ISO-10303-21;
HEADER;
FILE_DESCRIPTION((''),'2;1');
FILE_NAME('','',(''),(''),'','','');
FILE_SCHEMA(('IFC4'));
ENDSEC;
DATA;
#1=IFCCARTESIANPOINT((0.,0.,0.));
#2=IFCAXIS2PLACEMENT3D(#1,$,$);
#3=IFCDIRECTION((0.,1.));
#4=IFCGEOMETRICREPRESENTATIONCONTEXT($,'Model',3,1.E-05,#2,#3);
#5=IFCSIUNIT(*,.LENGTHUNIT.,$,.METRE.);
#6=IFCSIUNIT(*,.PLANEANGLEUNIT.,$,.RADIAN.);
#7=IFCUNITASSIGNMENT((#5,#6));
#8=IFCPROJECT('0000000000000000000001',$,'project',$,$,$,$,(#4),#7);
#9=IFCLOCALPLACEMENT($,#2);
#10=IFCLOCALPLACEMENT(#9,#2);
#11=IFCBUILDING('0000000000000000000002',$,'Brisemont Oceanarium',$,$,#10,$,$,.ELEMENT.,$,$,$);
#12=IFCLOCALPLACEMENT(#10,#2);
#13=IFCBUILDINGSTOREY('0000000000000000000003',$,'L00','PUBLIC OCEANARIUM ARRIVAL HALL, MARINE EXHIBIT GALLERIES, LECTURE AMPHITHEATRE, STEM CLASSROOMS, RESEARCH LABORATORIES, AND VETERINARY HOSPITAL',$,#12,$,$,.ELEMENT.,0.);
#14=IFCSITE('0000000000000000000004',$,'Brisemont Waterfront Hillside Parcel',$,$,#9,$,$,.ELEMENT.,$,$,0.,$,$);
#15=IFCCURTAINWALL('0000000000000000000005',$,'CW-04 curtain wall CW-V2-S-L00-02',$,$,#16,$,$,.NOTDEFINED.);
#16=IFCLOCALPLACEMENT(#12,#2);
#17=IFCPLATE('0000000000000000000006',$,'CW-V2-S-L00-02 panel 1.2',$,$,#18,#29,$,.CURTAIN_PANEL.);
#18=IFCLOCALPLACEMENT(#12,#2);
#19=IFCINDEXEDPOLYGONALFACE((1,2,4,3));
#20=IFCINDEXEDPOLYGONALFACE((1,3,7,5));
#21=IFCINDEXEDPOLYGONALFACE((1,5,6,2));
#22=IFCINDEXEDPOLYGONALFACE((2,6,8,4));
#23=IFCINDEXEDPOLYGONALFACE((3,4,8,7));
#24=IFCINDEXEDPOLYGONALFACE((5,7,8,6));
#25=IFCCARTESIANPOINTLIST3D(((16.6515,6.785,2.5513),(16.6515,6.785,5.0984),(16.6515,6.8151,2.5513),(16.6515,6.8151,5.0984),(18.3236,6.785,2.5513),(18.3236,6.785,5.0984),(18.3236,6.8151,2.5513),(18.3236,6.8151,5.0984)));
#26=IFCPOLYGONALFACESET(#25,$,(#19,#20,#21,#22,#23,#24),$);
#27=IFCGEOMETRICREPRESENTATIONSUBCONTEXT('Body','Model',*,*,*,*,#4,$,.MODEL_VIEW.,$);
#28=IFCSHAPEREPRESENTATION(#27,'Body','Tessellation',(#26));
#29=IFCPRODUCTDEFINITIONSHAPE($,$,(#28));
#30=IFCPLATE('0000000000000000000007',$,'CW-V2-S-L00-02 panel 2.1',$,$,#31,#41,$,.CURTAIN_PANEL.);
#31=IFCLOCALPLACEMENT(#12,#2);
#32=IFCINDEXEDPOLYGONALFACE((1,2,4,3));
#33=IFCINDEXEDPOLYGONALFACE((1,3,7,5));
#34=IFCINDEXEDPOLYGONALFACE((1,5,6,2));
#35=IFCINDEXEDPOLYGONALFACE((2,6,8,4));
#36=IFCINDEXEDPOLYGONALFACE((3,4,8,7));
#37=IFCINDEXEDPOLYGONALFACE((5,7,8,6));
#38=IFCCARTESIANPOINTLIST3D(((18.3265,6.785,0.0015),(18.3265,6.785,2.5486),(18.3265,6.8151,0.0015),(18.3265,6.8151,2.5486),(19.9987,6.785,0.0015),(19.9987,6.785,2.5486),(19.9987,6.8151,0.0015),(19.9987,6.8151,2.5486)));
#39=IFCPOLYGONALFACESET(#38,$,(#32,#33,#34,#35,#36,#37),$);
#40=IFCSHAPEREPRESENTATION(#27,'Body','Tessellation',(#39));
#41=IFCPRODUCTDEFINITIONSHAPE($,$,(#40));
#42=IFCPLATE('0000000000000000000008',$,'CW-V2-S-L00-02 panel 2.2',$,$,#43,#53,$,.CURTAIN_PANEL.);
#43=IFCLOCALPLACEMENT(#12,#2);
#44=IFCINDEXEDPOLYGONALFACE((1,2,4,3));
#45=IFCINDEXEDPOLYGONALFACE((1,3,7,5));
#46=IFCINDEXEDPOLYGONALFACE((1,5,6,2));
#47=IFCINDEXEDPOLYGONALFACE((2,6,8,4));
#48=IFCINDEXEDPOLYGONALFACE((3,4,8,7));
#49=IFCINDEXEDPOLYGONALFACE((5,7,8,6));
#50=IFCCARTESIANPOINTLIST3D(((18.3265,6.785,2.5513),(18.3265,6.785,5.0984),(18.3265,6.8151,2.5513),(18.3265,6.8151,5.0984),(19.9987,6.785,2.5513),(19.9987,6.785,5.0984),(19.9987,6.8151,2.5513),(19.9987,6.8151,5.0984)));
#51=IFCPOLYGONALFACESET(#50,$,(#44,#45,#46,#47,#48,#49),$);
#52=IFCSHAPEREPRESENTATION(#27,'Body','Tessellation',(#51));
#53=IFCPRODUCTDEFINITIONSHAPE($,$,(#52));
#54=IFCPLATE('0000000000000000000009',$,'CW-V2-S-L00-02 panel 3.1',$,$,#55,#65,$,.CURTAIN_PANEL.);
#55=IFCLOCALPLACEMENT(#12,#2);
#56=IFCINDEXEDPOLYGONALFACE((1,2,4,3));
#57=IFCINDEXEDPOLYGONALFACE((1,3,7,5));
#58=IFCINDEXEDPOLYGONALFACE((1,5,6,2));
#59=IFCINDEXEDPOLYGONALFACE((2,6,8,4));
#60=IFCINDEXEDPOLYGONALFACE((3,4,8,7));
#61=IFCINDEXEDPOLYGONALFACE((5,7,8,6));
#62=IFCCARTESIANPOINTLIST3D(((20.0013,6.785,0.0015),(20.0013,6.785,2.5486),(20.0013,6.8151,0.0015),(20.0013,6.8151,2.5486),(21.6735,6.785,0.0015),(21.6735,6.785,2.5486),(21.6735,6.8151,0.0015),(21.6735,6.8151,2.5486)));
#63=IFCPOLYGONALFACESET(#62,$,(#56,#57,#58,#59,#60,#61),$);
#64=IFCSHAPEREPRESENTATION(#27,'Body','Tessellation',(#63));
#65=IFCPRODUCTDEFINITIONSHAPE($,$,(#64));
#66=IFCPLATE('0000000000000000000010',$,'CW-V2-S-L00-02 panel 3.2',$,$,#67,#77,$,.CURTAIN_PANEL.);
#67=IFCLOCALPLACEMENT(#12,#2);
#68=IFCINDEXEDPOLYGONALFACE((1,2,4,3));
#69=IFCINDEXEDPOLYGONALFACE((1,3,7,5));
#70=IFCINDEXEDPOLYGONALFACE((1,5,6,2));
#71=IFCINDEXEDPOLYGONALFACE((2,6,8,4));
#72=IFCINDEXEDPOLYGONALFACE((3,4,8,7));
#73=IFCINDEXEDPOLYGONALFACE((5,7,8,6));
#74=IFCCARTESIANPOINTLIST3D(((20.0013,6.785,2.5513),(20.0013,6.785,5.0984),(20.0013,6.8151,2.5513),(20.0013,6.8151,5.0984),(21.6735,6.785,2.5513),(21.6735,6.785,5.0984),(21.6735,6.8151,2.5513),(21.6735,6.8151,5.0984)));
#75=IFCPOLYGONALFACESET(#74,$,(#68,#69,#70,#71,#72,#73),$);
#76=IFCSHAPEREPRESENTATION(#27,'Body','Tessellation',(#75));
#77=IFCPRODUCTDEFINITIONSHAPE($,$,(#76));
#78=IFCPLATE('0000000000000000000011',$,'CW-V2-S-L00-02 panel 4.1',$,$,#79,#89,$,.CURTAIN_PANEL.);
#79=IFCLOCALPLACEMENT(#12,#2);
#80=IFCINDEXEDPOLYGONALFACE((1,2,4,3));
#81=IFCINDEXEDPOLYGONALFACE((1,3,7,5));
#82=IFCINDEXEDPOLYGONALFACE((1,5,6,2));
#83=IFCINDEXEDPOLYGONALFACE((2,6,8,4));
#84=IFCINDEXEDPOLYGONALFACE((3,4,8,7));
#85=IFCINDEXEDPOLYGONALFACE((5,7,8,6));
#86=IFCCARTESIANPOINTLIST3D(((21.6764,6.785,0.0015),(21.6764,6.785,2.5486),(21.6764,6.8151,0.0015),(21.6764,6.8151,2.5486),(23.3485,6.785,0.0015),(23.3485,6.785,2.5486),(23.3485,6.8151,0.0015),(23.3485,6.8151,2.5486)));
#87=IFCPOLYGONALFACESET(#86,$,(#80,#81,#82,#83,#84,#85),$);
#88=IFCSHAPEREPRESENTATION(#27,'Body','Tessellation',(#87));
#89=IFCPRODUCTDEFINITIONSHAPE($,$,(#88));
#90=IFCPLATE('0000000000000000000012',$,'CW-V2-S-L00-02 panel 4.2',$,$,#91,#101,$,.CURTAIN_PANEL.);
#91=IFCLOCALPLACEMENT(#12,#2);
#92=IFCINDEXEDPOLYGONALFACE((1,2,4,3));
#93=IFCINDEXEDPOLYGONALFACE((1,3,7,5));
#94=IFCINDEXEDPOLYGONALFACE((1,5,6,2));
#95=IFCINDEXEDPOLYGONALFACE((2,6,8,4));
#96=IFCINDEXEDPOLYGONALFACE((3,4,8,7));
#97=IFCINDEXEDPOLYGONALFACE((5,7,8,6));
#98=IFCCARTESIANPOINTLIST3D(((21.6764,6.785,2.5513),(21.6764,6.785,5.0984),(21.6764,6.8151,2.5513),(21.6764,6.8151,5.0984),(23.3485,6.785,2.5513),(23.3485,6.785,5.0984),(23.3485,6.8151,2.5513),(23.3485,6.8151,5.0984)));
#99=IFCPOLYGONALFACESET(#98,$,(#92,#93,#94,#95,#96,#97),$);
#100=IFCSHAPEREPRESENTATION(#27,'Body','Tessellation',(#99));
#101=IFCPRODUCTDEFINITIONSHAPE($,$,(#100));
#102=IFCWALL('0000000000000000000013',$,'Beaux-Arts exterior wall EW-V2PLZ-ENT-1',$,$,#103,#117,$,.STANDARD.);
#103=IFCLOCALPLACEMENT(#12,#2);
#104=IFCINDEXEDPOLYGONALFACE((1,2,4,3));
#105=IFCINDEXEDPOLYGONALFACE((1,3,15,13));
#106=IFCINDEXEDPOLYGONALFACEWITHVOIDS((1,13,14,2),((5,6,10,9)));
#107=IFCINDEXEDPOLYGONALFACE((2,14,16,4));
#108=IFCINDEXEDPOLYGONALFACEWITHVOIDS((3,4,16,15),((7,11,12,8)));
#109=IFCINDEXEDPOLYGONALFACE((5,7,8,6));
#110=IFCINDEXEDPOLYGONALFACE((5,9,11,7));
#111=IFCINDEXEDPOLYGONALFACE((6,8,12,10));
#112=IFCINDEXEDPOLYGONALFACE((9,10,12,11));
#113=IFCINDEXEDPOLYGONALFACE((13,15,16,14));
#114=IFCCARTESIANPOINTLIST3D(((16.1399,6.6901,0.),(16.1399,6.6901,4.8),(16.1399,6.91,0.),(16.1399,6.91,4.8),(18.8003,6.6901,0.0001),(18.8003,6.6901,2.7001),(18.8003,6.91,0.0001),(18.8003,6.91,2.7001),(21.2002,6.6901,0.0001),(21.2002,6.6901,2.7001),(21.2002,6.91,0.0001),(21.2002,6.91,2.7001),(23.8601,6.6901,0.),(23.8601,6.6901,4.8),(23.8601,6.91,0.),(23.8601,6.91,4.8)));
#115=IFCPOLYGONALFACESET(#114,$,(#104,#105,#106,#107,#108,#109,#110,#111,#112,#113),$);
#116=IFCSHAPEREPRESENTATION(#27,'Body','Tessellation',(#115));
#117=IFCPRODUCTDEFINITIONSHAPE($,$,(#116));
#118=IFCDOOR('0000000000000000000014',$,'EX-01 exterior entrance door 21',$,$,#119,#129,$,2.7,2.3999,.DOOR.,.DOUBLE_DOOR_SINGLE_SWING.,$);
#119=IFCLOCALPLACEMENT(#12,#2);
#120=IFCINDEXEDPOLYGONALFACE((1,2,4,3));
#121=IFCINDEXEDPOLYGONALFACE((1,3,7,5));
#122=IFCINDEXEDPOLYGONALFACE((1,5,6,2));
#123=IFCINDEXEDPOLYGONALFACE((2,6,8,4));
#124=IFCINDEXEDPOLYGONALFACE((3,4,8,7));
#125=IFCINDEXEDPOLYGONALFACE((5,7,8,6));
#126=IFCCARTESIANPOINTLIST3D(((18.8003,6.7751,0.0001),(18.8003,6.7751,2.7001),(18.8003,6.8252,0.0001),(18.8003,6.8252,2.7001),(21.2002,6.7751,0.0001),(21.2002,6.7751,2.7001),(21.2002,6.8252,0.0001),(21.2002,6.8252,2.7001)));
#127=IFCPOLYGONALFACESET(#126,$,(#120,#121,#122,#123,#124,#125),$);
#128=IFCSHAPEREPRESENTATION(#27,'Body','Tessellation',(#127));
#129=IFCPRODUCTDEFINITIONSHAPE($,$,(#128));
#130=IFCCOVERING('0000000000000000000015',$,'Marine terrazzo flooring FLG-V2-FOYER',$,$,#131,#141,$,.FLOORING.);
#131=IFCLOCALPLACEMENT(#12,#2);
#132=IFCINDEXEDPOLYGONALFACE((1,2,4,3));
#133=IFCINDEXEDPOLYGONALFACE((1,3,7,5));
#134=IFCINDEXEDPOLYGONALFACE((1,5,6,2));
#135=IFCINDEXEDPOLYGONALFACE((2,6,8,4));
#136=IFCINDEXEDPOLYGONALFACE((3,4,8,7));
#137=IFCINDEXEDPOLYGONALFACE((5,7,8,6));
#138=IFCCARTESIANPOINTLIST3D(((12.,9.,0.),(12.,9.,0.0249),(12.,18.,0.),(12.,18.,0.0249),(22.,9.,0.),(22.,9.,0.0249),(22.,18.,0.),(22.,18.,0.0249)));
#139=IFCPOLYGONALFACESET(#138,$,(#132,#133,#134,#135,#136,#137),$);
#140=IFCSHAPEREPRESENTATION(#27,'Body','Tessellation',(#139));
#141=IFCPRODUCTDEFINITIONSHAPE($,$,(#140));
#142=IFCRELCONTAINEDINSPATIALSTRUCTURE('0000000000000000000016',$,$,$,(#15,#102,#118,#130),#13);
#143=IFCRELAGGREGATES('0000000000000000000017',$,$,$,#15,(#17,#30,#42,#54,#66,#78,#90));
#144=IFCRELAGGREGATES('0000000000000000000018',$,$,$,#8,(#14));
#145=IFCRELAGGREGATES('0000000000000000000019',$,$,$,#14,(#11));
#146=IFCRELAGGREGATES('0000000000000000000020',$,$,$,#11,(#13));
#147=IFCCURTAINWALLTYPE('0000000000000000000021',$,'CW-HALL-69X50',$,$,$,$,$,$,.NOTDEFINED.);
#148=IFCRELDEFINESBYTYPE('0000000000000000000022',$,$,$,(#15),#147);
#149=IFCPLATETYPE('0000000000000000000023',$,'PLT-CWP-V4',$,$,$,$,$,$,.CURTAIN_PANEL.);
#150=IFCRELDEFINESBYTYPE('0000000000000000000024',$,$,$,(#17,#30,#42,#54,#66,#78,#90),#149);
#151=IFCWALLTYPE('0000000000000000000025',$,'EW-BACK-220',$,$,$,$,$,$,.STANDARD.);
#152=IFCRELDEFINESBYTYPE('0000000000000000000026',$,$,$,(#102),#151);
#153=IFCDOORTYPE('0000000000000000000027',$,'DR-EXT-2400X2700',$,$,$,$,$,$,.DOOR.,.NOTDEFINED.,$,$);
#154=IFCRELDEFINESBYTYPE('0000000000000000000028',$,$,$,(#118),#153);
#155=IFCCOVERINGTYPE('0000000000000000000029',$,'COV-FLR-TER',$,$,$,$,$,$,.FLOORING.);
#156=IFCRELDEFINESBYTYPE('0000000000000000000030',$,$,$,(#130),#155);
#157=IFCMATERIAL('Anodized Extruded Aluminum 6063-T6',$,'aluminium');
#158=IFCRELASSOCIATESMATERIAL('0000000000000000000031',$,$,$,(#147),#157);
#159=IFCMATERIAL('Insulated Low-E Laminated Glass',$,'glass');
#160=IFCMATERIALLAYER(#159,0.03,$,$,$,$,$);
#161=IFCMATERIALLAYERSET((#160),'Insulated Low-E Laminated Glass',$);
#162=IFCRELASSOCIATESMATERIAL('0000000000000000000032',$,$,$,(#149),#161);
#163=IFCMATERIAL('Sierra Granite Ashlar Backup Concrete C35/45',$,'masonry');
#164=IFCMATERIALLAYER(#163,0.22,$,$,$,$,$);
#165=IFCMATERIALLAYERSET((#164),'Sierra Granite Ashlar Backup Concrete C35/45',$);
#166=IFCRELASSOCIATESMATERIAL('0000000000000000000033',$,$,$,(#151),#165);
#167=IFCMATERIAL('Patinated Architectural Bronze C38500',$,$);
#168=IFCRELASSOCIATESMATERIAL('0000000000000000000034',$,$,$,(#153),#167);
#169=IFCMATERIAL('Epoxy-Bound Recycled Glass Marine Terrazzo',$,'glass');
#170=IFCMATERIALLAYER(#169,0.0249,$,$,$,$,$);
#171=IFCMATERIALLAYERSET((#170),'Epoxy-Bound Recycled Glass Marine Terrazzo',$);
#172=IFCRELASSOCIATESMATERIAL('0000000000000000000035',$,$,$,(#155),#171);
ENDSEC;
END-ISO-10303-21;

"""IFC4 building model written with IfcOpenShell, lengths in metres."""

from ifc_helpers import new_model, si_unit, direction, frame, frame_2d, origin, origin_2d, place, context, subcontext, project, spatial, rectangle, extrude, material, layer, layer_set, type_object, element, fill, aggregate, save


model = new_model("IFC4")

# Units and contexts
model_context = context("Model", 3, precision=1e-05, world=origin(), true_north=direction((0.0, 1.0)))
body_context = subcontext(model_context, "Body", "Model", "MODEL_VIEW")
ifc_project = project(units=[si_unit("LENGTHUNIT", "METRE"), si_unit("PLANEANGLEUNIT", "RADIAN")], contexts=[model_context])

# Site, building, storey
site_placement = place(None, origin())
site = spatial("IfcSite", under=ifc_project, at=site_placement, Name="Brisemont Waterfront Hillside Parcel", CompositionType="ELEMENT", RefElevation=0.0)
building_placement = place(site_placement, origin())
building = spatial("IfcBuilding", under=site, at=building_placement, Name="Brisemont Oceanarium", CompositionType="ELEMENT")
storey_placement = place(building_placement, origin())
storey = spatial("IfcBuildingStorey", under=building, at=storey_placement, Name="L00", Description="PUBLIC OCEANARIUM ARRIVAL HALL, MARINE EXHIBIT GALLERIES, LECTURE AMPHITHEATRE, STEM CLASSROOMS, RESEARCH LABORATORIES, AND VETERINARY HOSPITAL", CompositionType="ELEMENT", Elevation=0.0)

# Shared definitions
ifc_material_1 = material(Name="Anodized Extruded Aluminum 6063-T6", Category="aluminium")
curtain_wall_type = type_object("IfcCurtainWallType", Name="CW-HALL-69X50", PredefinedType="NOTDEFINED", material=ifc_material_1)

# Curtain wall, plates
curtain_wall_1_placement = place(storey_placement, origin())
curtain_wall_1 = element("IfcCurtainWall", 1, at=curtain_wall_1_placement, inside=storey, type_object=curtain_wall_type, Name="CW-04 curtain wall CW-V2-S-L00-02", PredefinedType="NOTDEFINED")
ifc_material_2 = material(Name="Insulated Low-E Laminated Glass", Category="glass")
ifc_layer_1 = layer(ifc_material_2, 0.03)
ifc_layer_set_1 = layer_set([ifc_layer_1], Name="Insulated Low-E Laminated Glass")
plate_type = type_object("IfcPlateType", Name="PLT-CWP-V4", PredefinedType="CURTAIN_PANEL", material=ifc_layer_set_1)
plate_1_placement = place(storey_placement, frame((17.4875, 6.8, 2.5513), z_axis=(0.0, 0.0, 1.0), x_axis=(1.0, 0.0, 0.0)))
plate_1 = element("IfcPlate", 2, at=plate_1_placement, type_object=plate_type, Name="CW-V2-S-L00-02 panel 1.2", PredefinedType="CURTAIN_PANEL", context=body_context, shape_type="SweptSolid", body=[
    extrude(rectangle(XDim=1.6721, YDim=0.03, at=origin_2d()), origin(), (0.0, 0.0, 1.0), 2.5471),
])
plate_2_placement = place(storey_placement, frame((19.1626, 6.8, 0.0015), z_axis=(0.0, 0.0, 1.0), x_axis=(1.0, 0.0, 0.0)))
plate_2 = element("IfcPlate", 3, at=plate_2_placement, type_object=plate_type, Name="CW-V2-S-L00-02 panel 2.1", PredefinedType="CURTAIN_PANEL", context=body_context, shape_type="SweptSolid", body=[
    extrude(rectangle(XDim=1.6721, YDim=0.03, at=origin_2d()), origin(), (0.0, 0.0, 1.0), 2.5471),
])
plate_3_placement = place(storey_placement, frame((19.1626, 6.8, 2.5513), z_axis=(0.0, 0.0, 1.0), x_axis=(1.0, 0.0, 0.0)))
plate_3 = element("IfcPlate", 4, at=plate_3_placement, type_object=plate_type, Name="CW-V2-S-L00-02 panel 2.2", PredefinedType="CURTAIN_PANEL", context=body_context, shape_type="SweptSolid", body=[
    extrude(rectangle(XDim=1.6721, YDim=0.03, at=origin_2d()), origin(), (0.0, 0.0, 1.0), 2.5471),
])
plate_4_placement = place(storey_placement, frame((20.8374, 6.8, 0.0015), z_axis=(0.0, 0.0, 1.0), x_axis=(1.0, 0.0, 0.0)))
plate_4 = element("IfcPlate", 5, at=plate_4_placement, type_object=plate_type, Name="CW-V2-S-L00-02 panel 3.1", PredefinedType="CURTAIN_PANEL", context=body_context, shape_type="SweptSolid", body=[
    extrude(rectangle(XDim=1.6721, YDim=0.03, at=origin_2d()), origin(), (0.0, 0.0, 1.0), 2.5471),
])
plate_5_placement = place(storey_placement, frame((20.8374, 6.8, 2.5513), z_axis=(0.0, 0.0, 1.0), x_axis=(1.0, 0.0, 0.0)))
plate_5 = element("IfcPlate", 6, at=plate_5_placement, type_object=plate_type, Name="CW-V2-S-L00-02 panel 3.2", PredefinedType="CURTAIN_PANEL", context=body_context, shape_type="SweptSolid", body=[
    extrude(rectangle(XDim=1.6721, YDim=0.03, at=origin_2d()), origin(), (0.0, 0.0, 1.0), 2.5471),
])
plate_6_placement = place(storey_placement, frame((22.5125, 6.8, 0.0015), z_axis=(0.0, 0.0, 1.0), x_axis=(1.0, 0.0, 0.0)))
plate_6 = element("IfcPlate", 7, at=plate_6_placement, type_object=plate_type, Name="CW-V2-S-L00-02 panel 4.1", PredefinedType="CURTAIN_PANEL", context=body_context, shape_type="SweptSolid", body=[
    extrude(rectangle(XDim=1.6721, YDim=0.03, at=origin_2d()), origin(), (0.0, 0.0, 1.0), 2.5471),
])
plate_7_placement = place(storey_placement, frame((22.5125, 6.8, 2.5513), z_axis=(0.0, 0.0, 1.0), x_axis=(1.0, 0.0, 0.0)))
plate_7 = element("IfcPlate", 8, at=plate_7_placement, type_object=plate_type, Name="CW-V2-S-L00-02 panel 4.2", PredefinedType="CURTAIN_PANEL", context=body_context, shape_type="SweptSolid", body=[
    extrude(rectangle(XDim=1.6721, YDim=0.03, at=origin_2d()), origin(), (0.0, 0.0, 1.0), 2.5471),
])
aggregate(curtain_wall_1, [plate_1, plate_2, plate_3, plate_4, plate_5, plate_6, plate_7])

# Wall, opening, door
ifc_material_3 = material(Name="Sierra Granite Ashlar Backup Concrete C35/45", Category="masonry")
ifc_layer_2 = layer(ifc_material_3, 0.22)
ifc_layer_set_2 = layer_set([ifc_layer_2], Name="Sierra Granite Ashlar Backup Concrete C35/45")
wall_type = type_object("IfcWallType", Name="EW-BACK-220", PredefinedType="STANDARD", material=ifc_layer_set_2)
wall_placement = place(storey_placement, frame((23.8601, 6.8, 0.0), z_axis=(0.0, 0.0, 1.0), x_axis=(-1.0, 0.0, 0.0)))
wall = element("IfcWall", 9, at=wall_placement, inside=storey, type_object=wall_type, Name="Beaux-Arts exterior wall EW-V2PLZ-ENT-1", PredefinedType="STANDARD", context=body_context, shape_type="SweptSolid", body=[
    extrude(rectangle(XDim=7.7202, YDim=0.22, at=frame_2d((3.8601, 0.0))), origin(), (0.0, 0.0, 1.0), 4.8),
])
opening_placement = place(wall_placement, frame((2.6599, 0.0, 0.0)))
opening = element("IfcOpeningElement", 10, at=opening_placement, cuts=wall, PredefinedType="OPENING", context=body_context, shape_type="SweptSolid", body=[
    extrude(rectangle(XDim=2.3999, YDim=2.7, at=frame_2d((1.2, 1.3501))), frame((0.0, 0.1199, 0.0), z_axis=(0.0, -1.0, 0.0), x_axis=(1.0, 0.0, 0.0)), (0.0, 0.0, 1.0), 0.24),
])
ifc_material_4 = material(Name="Patinated Architectural Bronze C38500")
door_type = type_object("IfcDoorType", Name="DR-EXT-2400X2700", OperationType="NOTDEFINED", PredefinedType="DOOR", material=ifc_material_4)
door_placement = place(opening_placement, origin())
door = element("IfcDoor", 11, at=door_placement, inside=storey, type_object=door_type, Name="EX-01 exterior entrance door 21", OperationType="DOUBLE_DOOR_SINGLE_SWING", OverallHeight=2.7, OverallWidth=2.3999, PredefinedType="DOOR", context=body_context, shape_type="SweptSolid", body=[
    extrude(rectangle(XDim=2.3999, YDim=2.7, at=frame_2d((1.2, 1.3501))), frame((0.0, 0.0249, 0.0), z_axis=(0.0, -1.0, 0.0), x_axis=(1.0, 0.0, 0.0)), (0.0, 0.0, 1.0), 0.05),
])
fill(opening, door)

# Covering
ifc_material_5 = material(Name="Epoxy-Bound Recycled Glass Marine Terrazzo", Category="glass")
ifc_layer_3 = layer(ifc_material_5, 0.0249)
ifc_layer_set_3 = layer_set([ifc_layer_3], Name="Epoxy-Bound Recycled Glass Marine Terrazzo")
covering_type = type_object("IfcCoveringType", Name="COV-FLR-TER", PredefinedType="FLOORING", material=ifc_layer_set_3)
covering_placement = place(storey_placement, frame((17.0, 13.5, 0.0), z_axis=(0.0, 0.0, 1.0), x_axis=(1.0, 0.0, 0.0)))
element("IfcCovering", 12, at=covering_placement, inside=storey, type_object=covering_type, Name="Marine terrazzo flooring FLG-V2-FOYER", PredefinedType="FLOORING", context=body_context, shape_type="SweptSolid", body=[
    extrude(rectangle(XDim=10.0, YDim=9.0, at=origin_2d()), origin(), (0.0, 0.0, 1.0), 0.0249),
])

save(model, "model.ifc")
